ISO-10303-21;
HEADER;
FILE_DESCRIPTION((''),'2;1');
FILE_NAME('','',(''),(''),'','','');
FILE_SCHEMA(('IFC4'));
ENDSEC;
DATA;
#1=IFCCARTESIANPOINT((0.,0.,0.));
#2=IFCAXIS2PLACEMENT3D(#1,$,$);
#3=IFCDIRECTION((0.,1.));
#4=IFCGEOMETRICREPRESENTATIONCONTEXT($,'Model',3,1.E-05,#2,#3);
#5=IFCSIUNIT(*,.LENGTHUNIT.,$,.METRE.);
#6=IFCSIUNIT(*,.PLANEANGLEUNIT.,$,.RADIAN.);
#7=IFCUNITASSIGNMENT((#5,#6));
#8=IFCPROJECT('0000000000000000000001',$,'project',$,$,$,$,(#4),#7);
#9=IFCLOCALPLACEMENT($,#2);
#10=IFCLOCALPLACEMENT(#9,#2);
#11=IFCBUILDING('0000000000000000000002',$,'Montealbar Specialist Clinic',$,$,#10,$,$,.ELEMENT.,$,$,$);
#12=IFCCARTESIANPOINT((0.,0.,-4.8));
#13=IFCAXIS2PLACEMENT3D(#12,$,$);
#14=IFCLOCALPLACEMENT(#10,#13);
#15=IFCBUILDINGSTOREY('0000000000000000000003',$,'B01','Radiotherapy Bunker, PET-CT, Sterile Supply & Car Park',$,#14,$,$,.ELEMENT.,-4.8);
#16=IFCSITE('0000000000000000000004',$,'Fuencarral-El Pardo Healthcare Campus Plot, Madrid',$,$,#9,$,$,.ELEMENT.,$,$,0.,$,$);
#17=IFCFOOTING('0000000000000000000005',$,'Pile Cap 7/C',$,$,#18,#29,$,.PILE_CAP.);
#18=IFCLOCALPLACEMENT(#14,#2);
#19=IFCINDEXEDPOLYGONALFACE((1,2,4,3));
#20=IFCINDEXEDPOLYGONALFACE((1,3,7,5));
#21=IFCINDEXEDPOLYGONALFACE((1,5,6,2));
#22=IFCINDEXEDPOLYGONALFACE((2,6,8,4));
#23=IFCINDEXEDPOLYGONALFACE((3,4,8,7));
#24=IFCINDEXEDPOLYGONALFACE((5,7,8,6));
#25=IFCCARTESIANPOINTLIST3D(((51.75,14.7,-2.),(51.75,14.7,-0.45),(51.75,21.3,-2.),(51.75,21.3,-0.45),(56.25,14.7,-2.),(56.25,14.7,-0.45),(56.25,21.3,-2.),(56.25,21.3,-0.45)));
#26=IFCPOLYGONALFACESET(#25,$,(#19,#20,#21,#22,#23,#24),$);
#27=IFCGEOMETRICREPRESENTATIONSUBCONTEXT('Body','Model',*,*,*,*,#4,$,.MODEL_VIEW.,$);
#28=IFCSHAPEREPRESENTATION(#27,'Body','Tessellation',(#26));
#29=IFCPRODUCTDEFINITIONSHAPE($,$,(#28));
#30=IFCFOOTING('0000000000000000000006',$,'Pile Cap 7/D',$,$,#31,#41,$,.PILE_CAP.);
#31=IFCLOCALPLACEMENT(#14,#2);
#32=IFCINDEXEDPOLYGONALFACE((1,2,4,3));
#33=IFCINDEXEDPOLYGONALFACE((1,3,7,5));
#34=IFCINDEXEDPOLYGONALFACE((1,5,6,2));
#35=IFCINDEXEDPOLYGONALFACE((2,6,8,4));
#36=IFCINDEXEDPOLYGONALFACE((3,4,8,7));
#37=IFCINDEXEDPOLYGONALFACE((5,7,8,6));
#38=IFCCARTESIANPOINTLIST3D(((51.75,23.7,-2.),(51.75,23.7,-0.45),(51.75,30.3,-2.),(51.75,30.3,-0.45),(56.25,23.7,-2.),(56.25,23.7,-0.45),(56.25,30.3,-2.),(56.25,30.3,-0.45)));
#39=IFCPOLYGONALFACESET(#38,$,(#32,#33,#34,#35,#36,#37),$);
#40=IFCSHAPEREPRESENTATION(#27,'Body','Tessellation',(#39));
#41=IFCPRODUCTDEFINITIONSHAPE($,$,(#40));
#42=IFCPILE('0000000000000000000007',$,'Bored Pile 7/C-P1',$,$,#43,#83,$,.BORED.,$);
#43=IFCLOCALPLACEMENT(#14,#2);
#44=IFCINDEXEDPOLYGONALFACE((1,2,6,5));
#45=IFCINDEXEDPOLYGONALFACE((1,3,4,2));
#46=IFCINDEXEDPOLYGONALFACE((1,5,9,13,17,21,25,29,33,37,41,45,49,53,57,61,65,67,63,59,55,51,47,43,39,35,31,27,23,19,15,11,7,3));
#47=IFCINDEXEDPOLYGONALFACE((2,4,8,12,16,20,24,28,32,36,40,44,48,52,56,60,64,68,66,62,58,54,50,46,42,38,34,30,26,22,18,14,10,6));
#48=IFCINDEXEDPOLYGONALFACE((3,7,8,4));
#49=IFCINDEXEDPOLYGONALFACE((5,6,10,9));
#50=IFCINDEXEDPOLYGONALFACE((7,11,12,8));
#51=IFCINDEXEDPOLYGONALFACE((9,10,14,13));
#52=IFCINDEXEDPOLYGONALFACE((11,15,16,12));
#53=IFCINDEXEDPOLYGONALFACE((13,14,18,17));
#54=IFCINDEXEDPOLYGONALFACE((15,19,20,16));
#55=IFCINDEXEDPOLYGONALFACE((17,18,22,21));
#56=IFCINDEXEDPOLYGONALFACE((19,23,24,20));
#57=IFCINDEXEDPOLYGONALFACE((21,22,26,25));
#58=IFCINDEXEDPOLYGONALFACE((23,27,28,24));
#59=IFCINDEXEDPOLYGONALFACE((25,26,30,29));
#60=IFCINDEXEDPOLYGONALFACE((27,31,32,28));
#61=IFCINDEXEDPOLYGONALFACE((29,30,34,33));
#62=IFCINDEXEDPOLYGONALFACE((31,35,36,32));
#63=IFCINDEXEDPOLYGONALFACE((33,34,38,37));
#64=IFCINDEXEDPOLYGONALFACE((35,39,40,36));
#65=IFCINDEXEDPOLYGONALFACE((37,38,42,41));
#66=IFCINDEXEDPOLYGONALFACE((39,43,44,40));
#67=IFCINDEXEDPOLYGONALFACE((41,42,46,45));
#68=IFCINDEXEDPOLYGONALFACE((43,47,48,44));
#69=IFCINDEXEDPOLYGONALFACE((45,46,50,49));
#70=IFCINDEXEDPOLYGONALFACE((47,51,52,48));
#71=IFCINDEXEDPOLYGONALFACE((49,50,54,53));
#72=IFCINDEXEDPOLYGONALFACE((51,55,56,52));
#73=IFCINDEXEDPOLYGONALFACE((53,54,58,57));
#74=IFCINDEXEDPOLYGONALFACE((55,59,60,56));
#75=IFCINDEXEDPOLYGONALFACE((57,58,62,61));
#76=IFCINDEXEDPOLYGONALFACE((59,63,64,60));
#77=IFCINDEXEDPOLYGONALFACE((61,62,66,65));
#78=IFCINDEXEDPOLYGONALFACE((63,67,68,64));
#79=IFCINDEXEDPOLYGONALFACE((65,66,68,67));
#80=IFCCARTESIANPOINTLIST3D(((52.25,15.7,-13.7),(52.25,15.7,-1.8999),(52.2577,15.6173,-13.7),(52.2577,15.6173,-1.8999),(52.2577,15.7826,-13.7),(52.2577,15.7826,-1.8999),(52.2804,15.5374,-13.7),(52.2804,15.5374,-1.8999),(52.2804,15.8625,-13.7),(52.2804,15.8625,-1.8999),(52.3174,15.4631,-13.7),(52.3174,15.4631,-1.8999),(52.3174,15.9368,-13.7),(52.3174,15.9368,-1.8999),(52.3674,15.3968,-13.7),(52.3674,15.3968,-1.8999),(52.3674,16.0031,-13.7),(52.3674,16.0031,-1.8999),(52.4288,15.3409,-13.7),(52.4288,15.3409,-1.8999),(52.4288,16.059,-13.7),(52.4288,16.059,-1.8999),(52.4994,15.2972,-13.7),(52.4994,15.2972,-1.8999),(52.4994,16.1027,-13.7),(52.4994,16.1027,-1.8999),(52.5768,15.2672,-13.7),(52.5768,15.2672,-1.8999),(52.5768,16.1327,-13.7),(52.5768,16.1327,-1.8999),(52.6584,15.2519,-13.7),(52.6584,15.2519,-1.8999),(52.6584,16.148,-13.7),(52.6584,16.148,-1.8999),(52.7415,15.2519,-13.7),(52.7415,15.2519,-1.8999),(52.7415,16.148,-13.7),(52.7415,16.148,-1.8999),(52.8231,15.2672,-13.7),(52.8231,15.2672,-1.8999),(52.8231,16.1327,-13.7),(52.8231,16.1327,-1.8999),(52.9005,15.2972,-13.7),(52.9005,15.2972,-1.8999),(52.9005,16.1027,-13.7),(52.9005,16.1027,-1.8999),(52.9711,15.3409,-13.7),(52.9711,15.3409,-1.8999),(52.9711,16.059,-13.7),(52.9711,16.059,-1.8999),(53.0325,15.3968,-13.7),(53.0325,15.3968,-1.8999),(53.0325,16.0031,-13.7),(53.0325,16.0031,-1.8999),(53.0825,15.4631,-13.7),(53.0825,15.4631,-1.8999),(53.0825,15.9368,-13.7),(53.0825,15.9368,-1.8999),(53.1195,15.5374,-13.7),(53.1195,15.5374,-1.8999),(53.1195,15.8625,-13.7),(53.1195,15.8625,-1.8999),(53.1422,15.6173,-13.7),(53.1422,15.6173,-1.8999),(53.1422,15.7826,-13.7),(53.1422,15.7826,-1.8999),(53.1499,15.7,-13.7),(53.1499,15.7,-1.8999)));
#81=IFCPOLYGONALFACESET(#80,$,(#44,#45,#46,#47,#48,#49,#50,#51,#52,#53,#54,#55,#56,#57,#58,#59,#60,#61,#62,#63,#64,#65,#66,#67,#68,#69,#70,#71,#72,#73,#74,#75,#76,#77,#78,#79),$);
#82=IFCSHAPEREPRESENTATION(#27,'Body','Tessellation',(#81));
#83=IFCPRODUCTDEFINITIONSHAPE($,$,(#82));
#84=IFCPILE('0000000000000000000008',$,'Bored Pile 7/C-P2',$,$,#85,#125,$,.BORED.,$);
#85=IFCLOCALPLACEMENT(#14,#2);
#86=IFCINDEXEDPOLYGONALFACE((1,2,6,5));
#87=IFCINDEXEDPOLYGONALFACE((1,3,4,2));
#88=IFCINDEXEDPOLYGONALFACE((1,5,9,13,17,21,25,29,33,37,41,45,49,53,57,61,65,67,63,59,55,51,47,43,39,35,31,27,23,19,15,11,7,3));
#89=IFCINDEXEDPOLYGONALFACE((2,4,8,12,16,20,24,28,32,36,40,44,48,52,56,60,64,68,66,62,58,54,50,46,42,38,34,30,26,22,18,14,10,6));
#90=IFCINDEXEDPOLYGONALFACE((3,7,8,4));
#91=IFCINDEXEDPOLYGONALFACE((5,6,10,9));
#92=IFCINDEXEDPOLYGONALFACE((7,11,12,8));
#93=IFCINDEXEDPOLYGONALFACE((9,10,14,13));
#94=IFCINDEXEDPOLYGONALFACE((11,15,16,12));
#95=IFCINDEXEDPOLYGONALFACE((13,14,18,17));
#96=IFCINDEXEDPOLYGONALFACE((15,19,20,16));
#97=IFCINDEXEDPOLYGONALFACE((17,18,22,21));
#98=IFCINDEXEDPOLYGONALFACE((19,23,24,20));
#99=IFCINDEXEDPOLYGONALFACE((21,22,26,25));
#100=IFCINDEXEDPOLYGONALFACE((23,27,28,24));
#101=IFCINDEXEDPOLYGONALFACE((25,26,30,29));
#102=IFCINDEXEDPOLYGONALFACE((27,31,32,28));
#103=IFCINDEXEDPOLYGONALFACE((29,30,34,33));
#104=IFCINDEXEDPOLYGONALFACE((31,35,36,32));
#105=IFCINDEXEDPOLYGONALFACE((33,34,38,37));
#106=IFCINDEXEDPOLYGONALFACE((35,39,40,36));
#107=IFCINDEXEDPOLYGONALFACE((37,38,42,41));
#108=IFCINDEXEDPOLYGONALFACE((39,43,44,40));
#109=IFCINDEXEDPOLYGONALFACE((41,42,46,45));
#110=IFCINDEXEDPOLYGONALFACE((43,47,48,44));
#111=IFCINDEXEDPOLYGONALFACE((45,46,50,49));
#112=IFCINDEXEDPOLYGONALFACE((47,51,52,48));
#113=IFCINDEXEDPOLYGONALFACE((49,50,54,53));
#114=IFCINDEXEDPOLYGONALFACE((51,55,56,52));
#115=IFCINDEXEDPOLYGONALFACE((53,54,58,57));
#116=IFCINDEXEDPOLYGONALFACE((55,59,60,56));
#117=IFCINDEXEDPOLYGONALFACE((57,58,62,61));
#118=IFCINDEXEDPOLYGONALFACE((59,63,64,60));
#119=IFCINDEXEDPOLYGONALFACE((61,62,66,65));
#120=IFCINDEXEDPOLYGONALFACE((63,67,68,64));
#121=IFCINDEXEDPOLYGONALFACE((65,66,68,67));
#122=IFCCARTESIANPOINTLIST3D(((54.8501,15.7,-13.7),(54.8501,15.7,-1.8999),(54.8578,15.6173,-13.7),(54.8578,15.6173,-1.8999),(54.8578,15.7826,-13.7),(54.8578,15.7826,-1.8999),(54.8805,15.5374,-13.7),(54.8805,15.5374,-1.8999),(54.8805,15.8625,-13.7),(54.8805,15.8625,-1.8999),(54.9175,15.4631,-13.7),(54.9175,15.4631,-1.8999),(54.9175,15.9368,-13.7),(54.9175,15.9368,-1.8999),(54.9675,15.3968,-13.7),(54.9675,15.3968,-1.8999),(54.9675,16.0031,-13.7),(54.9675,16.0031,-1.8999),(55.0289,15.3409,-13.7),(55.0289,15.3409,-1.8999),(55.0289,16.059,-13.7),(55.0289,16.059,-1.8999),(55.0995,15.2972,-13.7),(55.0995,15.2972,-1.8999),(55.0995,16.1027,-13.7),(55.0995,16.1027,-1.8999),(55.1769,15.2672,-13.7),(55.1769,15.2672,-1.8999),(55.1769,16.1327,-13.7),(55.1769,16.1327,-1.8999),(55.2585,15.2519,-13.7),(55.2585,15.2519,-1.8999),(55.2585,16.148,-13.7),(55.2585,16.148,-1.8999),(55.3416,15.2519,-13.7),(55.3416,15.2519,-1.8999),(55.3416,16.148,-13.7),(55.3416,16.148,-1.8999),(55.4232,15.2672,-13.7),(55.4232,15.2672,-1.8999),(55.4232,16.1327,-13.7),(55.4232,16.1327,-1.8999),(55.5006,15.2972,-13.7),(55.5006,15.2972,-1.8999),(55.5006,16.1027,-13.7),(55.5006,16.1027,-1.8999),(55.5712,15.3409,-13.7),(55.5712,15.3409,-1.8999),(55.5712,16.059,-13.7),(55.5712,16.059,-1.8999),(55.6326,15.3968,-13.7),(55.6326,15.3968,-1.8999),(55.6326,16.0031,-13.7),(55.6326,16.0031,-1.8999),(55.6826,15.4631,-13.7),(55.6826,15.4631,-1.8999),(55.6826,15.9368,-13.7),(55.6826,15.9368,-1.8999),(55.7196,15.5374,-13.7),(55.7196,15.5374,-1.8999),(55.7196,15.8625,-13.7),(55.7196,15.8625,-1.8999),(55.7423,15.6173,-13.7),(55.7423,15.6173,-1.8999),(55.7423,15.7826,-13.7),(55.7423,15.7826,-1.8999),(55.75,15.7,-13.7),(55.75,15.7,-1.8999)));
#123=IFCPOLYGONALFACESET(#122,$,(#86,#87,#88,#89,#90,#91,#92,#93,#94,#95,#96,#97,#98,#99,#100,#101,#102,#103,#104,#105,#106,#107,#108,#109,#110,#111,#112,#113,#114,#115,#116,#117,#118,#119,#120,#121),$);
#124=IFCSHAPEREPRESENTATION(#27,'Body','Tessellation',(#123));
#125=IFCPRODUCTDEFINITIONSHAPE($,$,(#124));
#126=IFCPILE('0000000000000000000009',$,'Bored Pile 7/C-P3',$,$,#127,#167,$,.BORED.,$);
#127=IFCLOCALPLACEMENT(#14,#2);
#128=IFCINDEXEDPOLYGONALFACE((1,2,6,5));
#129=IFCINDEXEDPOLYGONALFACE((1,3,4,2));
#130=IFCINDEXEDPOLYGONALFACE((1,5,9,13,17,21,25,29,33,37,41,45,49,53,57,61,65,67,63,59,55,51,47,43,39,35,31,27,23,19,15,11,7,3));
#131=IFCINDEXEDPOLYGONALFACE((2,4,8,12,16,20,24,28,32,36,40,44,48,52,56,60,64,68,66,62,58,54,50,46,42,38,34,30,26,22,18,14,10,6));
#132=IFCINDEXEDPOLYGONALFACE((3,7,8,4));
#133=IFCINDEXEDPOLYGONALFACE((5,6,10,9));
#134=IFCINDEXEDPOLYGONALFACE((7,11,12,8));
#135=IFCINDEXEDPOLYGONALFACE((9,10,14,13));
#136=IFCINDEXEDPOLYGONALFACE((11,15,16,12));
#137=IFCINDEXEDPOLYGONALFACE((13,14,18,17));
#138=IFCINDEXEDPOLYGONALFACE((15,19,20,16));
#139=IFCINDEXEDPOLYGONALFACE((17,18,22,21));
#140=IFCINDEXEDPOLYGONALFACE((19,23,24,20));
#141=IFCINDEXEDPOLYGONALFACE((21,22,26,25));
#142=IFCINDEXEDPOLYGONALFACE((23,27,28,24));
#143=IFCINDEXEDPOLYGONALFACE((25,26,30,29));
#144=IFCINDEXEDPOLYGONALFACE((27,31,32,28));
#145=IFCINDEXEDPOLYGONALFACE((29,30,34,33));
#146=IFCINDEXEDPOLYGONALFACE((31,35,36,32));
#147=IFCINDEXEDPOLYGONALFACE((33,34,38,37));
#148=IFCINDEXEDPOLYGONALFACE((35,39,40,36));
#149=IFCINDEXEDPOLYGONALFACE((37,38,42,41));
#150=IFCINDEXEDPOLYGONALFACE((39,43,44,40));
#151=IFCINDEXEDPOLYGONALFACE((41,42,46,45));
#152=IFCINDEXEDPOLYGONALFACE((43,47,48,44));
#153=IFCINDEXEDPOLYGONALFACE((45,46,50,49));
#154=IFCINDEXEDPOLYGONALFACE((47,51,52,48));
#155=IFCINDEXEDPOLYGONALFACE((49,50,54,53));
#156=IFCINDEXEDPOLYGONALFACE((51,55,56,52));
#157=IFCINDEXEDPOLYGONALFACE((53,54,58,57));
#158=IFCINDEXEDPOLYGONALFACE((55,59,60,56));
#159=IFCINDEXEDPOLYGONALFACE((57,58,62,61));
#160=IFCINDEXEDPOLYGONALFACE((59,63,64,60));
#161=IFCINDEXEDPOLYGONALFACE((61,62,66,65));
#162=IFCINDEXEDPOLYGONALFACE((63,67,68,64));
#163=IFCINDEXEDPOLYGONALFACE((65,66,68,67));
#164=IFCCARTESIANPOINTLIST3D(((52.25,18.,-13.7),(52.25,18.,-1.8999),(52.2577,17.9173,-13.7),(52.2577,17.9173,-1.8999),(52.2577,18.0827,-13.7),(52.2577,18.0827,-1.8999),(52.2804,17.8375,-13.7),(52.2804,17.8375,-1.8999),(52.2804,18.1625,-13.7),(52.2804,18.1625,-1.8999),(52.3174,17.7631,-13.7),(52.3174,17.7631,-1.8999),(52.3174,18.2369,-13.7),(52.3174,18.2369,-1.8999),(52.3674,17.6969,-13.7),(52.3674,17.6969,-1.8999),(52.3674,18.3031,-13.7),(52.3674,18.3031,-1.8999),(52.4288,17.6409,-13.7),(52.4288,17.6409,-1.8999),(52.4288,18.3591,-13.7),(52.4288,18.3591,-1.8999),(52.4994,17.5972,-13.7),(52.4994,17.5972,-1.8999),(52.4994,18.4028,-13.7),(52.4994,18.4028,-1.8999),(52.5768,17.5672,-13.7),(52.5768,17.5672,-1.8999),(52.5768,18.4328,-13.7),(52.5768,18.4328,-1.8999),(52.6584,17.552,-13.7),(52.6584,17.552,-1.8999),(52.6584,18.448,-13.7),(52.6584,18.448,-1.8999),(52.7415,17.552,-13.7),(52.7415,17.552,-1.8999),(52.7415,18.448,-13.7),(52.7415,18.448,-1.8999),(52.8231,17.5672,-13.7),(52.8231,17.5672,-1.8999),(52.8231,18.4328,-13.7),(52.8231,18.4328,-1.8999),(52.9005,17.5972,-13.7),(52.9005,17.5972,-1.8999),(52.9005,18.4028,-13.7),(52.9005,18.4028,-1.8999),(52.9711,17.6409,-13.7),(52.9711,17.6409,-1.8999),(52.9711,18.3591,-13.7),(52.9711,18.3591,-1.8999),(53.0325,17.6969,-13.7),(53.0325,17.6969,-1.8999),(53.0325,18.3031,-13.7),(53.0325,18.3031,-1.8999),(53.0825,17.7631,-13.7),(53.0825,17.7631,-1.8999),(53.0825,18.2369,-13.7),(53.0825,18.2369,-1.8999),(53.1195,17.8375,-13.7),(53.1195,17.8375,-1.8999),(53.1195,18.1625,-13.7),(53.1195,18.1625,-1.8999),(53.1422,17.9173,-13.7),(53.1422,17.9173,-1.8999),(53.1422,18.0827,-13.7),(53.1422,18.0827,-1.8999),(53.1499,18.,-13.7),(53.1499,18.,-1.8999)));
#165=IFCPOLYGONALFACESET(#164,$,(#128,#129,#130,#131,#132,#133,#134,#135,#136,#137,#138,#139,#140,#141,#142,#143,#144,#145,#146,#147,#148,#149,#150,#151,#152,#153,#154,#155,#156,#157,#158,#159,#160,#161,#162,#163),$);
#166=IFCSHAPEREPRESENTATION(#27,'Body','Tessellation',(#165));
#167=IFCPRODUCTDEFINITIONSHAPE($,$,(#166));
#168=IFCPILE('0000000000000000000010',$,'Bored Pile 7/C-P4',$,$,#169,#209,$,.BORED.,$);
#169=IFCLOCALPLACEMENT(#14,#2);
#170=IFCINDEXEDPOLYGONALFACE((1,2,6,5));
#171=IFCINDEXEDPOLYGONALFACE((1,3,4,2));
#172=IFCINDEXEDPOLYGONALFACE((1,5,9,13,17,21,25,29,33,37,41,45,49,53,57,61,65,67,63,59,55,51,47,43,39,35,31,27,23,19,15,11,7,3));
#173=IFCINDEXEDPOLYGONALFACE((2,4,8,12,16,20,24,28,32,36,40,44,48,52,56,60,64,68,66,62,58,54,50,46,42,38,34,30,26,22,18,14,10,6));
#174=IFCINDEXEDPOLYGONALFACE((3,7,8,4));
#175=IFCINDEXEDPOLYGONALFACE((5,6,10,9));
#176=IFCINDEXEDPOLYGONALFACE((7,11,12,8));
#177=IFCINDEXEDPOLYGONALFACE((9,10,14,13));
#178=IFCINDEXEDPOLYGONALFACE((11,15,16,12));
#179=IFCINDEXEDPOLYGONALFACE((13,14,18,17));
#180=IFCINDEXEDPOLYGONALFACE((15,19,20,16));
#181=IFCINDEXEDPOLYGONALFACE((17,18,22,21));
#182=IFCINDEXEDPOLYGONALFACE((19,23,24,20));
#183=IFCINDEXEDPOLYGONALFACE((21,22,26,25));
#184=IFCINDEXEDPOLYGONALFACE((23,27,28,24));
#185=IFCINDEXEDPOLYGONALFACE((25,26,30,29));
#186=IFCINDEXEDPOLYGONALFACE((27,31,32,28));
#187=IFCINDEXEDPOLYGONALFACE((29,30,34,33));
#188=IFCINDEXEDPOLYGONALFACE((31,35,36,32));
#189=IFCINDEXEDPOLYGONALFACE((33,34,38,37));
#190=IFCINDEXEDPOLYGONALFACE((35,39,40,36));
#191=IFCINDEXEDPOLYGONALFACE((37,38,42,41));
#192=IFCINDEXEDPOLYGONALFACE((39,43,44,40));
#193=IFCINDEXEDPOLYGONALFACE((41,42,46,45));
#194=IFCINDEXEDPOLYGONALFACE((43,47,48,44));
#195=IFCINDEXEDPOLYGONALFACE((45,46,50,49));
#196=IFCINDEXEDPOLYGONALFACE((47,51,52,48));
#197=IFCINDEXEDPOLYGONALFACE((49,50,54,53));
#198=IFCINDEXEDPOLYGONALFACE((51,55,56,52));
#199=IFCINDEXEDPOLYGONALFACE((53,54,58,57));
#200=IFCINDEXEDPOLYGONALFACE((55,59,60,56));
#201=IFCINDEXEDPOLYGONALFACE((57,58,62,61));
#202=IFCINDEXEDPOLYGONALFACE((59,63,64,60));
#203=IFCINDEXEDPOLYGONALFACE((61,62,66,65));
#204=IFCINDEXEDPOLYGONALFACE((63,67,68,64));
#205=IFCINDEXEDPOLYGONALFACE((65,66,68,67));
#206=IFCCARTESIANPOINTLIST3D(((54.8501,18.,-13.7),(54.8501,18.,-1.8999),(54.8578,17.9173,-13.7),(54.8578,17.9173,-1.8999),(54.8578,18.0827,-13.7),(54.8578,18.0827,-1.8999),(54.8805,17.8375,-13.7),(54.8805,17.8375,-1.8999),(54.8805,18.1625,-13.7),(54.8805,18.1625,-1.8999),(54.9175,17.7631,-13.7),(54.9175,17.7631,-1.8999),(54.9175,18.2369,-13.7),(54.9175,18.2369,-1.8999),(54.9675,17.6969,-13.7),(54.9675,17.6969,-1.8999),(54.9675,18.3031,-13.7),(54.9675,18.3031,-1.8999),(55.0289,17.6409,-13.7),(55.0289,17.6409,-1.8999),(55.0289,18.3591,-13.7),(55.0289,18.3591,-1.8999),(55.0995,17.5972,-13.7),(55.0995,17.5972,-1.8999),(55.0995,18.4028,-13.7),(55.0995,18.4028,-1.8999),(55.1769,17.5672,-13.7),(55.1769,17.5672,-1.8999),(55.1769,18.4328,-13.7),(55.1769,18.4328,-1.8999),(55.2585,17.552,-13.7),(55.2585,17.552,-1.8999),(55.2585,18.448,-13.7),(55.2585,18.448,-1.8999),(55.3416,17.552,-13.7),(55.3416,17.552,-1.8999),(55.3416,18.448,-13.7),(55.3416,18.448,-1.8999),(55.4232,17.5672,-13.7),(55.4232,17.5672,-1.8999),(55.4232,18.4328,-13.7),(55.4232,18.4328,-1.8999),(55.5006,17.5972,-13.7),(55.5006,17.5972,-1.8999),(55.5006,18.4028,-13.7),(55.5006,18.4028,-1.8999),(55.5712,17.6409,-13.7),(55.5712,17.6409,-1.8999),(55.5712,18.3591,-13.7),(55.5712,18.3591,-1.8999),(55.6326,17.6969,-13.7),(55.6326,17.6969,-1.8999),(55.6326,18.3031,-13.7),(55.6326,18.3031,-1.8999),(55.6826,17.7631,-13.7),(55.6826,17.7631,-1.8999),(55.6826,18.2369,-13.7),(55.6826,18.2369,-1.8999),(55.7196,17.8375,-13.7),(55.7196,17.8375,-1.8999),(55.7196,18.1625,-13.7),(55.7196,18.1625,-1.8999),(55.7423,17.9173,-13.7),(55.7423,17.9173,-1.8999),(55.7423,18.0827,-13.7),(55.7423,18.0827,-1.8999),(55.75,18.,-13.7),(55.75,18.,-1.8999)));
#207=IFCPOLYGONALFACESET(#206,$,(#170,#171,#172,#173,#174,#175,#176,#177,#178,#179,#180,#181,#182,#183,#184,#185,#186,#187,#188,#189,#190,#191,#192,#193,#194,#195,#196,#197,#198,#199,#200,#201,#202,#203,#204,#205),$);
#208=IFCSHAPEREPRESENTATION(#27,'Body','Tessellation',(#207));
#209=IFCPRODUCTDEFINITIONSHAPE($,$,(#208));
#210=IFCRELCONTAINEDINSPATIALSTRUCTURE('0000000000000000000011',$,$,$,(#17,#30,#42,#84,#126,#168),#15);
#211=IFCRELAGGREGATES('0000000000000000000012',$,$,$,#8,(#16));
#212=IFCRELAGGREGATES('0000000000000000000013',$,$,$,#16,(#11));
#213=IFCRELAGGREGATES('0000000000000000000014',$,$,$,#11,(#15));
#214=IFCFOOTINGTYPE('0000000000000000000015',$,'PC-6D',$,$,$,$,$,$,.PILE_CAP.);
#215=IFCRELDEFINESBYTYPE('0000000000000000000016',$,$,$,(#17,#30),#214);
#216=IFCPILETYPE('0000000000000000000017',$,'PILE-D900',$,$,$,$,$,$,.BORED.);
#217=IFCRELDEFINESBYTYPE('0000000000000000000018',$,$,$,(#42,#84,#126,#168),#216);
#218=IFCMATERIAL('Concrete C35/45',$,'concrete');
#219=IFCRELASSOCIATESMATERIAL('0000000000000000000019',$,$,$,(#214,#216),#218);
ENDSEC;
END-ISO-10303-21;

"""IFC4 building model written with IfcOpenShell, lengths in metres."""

from ifc_helpers import new_model, si_unit, direction, frame, origin, origin_2d, place, context, subcontext, project, spatial, rectangle, circle, extrude, material, material_profile, profile_set, type_object, element, save


model = new_model("IFC4")

# Units and contexts
model_context = context("Model", 3, precision=1e-05, world=origin(), true_north=direction((0.0, 1.0)))
body_context = subcontext(model_context, "Body", "Model", "MODEL_VIEW")
ifc_project = project(units=[si_unit("LENGTHUNIT", "METRE"), si_unit("PLANEANGLEUNIT", "RADIAN")], contexts=[model_context])

# Site, building, storey
site_placement = place(None, origin())
site = spatial("IfcSite", under=ifc_project, at=site_placement, Name="Fuencarral-El Pardo Healthcare Campus Plot, Madrid", CompositionType="ELEMENT", RefElevation=0.0)
building_placement = place(site_placement, origin())
building = spatial("IfcBuilding", under=site, at=building_placement, Name="Montealbar Specialist Clinic", CompositionType="ELEMENT")
storey_placement = place(building_placement, frame((0.0, 0.0, -4.8)))
storey = spatial("IfcBuildingStorey", under=building, at=storey_placement, Name="B01", Description="Radiotherapy Bunker, PET-CT, Sterile Supply & Car Park", CompositionType="ELEMENT", Elevation=-4.8)

# Footings
ifc_material_1 = material(Name="Concrete C35/45", Category="concrete")
footing_type = type_object("IfcFootingType", Name="PC-6D", PredefinedType="PILE_CAP", material=ifc_material_1)
for number, where, z_axis, x_axis, name in (
    (1, (54.0, 18.0, -2.0), (0.0, 0.0, 1.0), (1.0, 0.0, 0.0), "Pile Cap 7/C"),
    (2, (54.0, 27.0, -2.0), (0.0, 0.0, 1.0), (1.0, 0.0, 0.0), "Pile Cap 7/D"),
):
    element("IfcFooting", number, at=place(storey_placement, frame(where, z_axis=z_axis, x_axis=x_axis)), inside=storey, type_object=footing_type, Name=name, PredefinedType="PILE_CAP", context=body_context, shape_type="SweptSolid", body=[
        extrude(rectangle(XDim=4.5, YDim=6.6001, at=origin_2d()), origin(), (0.0, 0.0, 1.0), 1.55),
    ])

# Piles
ifc_material_profile_1 = material_profile(ifc_material_1, circle(Radius=0.45, at=origin_2d()), Name="PILE D900", Category="concrete")
ifc_profile_set_1 = profile_set([ifc_material_profile_1], Name="Concrete C35/45")
pile_type = type_object("IfcPileType", Name="PILE-D900", PredefinedType="BORED", material=ifc_profile_set_1)
for number, where, z_axis, x_axis, name in (
    (3, (52.7, 15.7, -1.8999), (0.0, 0.0, -1.0), (1.0, 0.0, 0.0), "Bored Pile 7/C-P1"),
    (4, (55.3, 15.7, -1.8999), (0.0, 0.0, -1.0), (1.0, 0.0, 0.0), "Bored Pile 7/C-P2"),
    (5, (52.7, 18.0, -1.8999), (0.0, 0.0, -1.0), (1.0, 0.0, 0.0), "Bored Pile 7/C-P3"),
    (6, (55.3, 18.0, -1.8999), (0.0, 0.0, -1.0), (1.0, 0.0, 0.0), "Bored Pile 7/C-P4"),
):
    element("IfcPile", number, at=place(storey_placement, frame(where, z_axis=z_axis, x_axis=x_axis)), inside=storey, type_object=pile_type, Name=name, PredefinedType="BORED", context=body_context, shape_type="SweptSolid", body=[
        extrude(circle(Radius=0.45, at=origin_2d()), origin(), (0.0, 0.0, 1.0), 11.8),
    ])

save(model, "model.ifc")
